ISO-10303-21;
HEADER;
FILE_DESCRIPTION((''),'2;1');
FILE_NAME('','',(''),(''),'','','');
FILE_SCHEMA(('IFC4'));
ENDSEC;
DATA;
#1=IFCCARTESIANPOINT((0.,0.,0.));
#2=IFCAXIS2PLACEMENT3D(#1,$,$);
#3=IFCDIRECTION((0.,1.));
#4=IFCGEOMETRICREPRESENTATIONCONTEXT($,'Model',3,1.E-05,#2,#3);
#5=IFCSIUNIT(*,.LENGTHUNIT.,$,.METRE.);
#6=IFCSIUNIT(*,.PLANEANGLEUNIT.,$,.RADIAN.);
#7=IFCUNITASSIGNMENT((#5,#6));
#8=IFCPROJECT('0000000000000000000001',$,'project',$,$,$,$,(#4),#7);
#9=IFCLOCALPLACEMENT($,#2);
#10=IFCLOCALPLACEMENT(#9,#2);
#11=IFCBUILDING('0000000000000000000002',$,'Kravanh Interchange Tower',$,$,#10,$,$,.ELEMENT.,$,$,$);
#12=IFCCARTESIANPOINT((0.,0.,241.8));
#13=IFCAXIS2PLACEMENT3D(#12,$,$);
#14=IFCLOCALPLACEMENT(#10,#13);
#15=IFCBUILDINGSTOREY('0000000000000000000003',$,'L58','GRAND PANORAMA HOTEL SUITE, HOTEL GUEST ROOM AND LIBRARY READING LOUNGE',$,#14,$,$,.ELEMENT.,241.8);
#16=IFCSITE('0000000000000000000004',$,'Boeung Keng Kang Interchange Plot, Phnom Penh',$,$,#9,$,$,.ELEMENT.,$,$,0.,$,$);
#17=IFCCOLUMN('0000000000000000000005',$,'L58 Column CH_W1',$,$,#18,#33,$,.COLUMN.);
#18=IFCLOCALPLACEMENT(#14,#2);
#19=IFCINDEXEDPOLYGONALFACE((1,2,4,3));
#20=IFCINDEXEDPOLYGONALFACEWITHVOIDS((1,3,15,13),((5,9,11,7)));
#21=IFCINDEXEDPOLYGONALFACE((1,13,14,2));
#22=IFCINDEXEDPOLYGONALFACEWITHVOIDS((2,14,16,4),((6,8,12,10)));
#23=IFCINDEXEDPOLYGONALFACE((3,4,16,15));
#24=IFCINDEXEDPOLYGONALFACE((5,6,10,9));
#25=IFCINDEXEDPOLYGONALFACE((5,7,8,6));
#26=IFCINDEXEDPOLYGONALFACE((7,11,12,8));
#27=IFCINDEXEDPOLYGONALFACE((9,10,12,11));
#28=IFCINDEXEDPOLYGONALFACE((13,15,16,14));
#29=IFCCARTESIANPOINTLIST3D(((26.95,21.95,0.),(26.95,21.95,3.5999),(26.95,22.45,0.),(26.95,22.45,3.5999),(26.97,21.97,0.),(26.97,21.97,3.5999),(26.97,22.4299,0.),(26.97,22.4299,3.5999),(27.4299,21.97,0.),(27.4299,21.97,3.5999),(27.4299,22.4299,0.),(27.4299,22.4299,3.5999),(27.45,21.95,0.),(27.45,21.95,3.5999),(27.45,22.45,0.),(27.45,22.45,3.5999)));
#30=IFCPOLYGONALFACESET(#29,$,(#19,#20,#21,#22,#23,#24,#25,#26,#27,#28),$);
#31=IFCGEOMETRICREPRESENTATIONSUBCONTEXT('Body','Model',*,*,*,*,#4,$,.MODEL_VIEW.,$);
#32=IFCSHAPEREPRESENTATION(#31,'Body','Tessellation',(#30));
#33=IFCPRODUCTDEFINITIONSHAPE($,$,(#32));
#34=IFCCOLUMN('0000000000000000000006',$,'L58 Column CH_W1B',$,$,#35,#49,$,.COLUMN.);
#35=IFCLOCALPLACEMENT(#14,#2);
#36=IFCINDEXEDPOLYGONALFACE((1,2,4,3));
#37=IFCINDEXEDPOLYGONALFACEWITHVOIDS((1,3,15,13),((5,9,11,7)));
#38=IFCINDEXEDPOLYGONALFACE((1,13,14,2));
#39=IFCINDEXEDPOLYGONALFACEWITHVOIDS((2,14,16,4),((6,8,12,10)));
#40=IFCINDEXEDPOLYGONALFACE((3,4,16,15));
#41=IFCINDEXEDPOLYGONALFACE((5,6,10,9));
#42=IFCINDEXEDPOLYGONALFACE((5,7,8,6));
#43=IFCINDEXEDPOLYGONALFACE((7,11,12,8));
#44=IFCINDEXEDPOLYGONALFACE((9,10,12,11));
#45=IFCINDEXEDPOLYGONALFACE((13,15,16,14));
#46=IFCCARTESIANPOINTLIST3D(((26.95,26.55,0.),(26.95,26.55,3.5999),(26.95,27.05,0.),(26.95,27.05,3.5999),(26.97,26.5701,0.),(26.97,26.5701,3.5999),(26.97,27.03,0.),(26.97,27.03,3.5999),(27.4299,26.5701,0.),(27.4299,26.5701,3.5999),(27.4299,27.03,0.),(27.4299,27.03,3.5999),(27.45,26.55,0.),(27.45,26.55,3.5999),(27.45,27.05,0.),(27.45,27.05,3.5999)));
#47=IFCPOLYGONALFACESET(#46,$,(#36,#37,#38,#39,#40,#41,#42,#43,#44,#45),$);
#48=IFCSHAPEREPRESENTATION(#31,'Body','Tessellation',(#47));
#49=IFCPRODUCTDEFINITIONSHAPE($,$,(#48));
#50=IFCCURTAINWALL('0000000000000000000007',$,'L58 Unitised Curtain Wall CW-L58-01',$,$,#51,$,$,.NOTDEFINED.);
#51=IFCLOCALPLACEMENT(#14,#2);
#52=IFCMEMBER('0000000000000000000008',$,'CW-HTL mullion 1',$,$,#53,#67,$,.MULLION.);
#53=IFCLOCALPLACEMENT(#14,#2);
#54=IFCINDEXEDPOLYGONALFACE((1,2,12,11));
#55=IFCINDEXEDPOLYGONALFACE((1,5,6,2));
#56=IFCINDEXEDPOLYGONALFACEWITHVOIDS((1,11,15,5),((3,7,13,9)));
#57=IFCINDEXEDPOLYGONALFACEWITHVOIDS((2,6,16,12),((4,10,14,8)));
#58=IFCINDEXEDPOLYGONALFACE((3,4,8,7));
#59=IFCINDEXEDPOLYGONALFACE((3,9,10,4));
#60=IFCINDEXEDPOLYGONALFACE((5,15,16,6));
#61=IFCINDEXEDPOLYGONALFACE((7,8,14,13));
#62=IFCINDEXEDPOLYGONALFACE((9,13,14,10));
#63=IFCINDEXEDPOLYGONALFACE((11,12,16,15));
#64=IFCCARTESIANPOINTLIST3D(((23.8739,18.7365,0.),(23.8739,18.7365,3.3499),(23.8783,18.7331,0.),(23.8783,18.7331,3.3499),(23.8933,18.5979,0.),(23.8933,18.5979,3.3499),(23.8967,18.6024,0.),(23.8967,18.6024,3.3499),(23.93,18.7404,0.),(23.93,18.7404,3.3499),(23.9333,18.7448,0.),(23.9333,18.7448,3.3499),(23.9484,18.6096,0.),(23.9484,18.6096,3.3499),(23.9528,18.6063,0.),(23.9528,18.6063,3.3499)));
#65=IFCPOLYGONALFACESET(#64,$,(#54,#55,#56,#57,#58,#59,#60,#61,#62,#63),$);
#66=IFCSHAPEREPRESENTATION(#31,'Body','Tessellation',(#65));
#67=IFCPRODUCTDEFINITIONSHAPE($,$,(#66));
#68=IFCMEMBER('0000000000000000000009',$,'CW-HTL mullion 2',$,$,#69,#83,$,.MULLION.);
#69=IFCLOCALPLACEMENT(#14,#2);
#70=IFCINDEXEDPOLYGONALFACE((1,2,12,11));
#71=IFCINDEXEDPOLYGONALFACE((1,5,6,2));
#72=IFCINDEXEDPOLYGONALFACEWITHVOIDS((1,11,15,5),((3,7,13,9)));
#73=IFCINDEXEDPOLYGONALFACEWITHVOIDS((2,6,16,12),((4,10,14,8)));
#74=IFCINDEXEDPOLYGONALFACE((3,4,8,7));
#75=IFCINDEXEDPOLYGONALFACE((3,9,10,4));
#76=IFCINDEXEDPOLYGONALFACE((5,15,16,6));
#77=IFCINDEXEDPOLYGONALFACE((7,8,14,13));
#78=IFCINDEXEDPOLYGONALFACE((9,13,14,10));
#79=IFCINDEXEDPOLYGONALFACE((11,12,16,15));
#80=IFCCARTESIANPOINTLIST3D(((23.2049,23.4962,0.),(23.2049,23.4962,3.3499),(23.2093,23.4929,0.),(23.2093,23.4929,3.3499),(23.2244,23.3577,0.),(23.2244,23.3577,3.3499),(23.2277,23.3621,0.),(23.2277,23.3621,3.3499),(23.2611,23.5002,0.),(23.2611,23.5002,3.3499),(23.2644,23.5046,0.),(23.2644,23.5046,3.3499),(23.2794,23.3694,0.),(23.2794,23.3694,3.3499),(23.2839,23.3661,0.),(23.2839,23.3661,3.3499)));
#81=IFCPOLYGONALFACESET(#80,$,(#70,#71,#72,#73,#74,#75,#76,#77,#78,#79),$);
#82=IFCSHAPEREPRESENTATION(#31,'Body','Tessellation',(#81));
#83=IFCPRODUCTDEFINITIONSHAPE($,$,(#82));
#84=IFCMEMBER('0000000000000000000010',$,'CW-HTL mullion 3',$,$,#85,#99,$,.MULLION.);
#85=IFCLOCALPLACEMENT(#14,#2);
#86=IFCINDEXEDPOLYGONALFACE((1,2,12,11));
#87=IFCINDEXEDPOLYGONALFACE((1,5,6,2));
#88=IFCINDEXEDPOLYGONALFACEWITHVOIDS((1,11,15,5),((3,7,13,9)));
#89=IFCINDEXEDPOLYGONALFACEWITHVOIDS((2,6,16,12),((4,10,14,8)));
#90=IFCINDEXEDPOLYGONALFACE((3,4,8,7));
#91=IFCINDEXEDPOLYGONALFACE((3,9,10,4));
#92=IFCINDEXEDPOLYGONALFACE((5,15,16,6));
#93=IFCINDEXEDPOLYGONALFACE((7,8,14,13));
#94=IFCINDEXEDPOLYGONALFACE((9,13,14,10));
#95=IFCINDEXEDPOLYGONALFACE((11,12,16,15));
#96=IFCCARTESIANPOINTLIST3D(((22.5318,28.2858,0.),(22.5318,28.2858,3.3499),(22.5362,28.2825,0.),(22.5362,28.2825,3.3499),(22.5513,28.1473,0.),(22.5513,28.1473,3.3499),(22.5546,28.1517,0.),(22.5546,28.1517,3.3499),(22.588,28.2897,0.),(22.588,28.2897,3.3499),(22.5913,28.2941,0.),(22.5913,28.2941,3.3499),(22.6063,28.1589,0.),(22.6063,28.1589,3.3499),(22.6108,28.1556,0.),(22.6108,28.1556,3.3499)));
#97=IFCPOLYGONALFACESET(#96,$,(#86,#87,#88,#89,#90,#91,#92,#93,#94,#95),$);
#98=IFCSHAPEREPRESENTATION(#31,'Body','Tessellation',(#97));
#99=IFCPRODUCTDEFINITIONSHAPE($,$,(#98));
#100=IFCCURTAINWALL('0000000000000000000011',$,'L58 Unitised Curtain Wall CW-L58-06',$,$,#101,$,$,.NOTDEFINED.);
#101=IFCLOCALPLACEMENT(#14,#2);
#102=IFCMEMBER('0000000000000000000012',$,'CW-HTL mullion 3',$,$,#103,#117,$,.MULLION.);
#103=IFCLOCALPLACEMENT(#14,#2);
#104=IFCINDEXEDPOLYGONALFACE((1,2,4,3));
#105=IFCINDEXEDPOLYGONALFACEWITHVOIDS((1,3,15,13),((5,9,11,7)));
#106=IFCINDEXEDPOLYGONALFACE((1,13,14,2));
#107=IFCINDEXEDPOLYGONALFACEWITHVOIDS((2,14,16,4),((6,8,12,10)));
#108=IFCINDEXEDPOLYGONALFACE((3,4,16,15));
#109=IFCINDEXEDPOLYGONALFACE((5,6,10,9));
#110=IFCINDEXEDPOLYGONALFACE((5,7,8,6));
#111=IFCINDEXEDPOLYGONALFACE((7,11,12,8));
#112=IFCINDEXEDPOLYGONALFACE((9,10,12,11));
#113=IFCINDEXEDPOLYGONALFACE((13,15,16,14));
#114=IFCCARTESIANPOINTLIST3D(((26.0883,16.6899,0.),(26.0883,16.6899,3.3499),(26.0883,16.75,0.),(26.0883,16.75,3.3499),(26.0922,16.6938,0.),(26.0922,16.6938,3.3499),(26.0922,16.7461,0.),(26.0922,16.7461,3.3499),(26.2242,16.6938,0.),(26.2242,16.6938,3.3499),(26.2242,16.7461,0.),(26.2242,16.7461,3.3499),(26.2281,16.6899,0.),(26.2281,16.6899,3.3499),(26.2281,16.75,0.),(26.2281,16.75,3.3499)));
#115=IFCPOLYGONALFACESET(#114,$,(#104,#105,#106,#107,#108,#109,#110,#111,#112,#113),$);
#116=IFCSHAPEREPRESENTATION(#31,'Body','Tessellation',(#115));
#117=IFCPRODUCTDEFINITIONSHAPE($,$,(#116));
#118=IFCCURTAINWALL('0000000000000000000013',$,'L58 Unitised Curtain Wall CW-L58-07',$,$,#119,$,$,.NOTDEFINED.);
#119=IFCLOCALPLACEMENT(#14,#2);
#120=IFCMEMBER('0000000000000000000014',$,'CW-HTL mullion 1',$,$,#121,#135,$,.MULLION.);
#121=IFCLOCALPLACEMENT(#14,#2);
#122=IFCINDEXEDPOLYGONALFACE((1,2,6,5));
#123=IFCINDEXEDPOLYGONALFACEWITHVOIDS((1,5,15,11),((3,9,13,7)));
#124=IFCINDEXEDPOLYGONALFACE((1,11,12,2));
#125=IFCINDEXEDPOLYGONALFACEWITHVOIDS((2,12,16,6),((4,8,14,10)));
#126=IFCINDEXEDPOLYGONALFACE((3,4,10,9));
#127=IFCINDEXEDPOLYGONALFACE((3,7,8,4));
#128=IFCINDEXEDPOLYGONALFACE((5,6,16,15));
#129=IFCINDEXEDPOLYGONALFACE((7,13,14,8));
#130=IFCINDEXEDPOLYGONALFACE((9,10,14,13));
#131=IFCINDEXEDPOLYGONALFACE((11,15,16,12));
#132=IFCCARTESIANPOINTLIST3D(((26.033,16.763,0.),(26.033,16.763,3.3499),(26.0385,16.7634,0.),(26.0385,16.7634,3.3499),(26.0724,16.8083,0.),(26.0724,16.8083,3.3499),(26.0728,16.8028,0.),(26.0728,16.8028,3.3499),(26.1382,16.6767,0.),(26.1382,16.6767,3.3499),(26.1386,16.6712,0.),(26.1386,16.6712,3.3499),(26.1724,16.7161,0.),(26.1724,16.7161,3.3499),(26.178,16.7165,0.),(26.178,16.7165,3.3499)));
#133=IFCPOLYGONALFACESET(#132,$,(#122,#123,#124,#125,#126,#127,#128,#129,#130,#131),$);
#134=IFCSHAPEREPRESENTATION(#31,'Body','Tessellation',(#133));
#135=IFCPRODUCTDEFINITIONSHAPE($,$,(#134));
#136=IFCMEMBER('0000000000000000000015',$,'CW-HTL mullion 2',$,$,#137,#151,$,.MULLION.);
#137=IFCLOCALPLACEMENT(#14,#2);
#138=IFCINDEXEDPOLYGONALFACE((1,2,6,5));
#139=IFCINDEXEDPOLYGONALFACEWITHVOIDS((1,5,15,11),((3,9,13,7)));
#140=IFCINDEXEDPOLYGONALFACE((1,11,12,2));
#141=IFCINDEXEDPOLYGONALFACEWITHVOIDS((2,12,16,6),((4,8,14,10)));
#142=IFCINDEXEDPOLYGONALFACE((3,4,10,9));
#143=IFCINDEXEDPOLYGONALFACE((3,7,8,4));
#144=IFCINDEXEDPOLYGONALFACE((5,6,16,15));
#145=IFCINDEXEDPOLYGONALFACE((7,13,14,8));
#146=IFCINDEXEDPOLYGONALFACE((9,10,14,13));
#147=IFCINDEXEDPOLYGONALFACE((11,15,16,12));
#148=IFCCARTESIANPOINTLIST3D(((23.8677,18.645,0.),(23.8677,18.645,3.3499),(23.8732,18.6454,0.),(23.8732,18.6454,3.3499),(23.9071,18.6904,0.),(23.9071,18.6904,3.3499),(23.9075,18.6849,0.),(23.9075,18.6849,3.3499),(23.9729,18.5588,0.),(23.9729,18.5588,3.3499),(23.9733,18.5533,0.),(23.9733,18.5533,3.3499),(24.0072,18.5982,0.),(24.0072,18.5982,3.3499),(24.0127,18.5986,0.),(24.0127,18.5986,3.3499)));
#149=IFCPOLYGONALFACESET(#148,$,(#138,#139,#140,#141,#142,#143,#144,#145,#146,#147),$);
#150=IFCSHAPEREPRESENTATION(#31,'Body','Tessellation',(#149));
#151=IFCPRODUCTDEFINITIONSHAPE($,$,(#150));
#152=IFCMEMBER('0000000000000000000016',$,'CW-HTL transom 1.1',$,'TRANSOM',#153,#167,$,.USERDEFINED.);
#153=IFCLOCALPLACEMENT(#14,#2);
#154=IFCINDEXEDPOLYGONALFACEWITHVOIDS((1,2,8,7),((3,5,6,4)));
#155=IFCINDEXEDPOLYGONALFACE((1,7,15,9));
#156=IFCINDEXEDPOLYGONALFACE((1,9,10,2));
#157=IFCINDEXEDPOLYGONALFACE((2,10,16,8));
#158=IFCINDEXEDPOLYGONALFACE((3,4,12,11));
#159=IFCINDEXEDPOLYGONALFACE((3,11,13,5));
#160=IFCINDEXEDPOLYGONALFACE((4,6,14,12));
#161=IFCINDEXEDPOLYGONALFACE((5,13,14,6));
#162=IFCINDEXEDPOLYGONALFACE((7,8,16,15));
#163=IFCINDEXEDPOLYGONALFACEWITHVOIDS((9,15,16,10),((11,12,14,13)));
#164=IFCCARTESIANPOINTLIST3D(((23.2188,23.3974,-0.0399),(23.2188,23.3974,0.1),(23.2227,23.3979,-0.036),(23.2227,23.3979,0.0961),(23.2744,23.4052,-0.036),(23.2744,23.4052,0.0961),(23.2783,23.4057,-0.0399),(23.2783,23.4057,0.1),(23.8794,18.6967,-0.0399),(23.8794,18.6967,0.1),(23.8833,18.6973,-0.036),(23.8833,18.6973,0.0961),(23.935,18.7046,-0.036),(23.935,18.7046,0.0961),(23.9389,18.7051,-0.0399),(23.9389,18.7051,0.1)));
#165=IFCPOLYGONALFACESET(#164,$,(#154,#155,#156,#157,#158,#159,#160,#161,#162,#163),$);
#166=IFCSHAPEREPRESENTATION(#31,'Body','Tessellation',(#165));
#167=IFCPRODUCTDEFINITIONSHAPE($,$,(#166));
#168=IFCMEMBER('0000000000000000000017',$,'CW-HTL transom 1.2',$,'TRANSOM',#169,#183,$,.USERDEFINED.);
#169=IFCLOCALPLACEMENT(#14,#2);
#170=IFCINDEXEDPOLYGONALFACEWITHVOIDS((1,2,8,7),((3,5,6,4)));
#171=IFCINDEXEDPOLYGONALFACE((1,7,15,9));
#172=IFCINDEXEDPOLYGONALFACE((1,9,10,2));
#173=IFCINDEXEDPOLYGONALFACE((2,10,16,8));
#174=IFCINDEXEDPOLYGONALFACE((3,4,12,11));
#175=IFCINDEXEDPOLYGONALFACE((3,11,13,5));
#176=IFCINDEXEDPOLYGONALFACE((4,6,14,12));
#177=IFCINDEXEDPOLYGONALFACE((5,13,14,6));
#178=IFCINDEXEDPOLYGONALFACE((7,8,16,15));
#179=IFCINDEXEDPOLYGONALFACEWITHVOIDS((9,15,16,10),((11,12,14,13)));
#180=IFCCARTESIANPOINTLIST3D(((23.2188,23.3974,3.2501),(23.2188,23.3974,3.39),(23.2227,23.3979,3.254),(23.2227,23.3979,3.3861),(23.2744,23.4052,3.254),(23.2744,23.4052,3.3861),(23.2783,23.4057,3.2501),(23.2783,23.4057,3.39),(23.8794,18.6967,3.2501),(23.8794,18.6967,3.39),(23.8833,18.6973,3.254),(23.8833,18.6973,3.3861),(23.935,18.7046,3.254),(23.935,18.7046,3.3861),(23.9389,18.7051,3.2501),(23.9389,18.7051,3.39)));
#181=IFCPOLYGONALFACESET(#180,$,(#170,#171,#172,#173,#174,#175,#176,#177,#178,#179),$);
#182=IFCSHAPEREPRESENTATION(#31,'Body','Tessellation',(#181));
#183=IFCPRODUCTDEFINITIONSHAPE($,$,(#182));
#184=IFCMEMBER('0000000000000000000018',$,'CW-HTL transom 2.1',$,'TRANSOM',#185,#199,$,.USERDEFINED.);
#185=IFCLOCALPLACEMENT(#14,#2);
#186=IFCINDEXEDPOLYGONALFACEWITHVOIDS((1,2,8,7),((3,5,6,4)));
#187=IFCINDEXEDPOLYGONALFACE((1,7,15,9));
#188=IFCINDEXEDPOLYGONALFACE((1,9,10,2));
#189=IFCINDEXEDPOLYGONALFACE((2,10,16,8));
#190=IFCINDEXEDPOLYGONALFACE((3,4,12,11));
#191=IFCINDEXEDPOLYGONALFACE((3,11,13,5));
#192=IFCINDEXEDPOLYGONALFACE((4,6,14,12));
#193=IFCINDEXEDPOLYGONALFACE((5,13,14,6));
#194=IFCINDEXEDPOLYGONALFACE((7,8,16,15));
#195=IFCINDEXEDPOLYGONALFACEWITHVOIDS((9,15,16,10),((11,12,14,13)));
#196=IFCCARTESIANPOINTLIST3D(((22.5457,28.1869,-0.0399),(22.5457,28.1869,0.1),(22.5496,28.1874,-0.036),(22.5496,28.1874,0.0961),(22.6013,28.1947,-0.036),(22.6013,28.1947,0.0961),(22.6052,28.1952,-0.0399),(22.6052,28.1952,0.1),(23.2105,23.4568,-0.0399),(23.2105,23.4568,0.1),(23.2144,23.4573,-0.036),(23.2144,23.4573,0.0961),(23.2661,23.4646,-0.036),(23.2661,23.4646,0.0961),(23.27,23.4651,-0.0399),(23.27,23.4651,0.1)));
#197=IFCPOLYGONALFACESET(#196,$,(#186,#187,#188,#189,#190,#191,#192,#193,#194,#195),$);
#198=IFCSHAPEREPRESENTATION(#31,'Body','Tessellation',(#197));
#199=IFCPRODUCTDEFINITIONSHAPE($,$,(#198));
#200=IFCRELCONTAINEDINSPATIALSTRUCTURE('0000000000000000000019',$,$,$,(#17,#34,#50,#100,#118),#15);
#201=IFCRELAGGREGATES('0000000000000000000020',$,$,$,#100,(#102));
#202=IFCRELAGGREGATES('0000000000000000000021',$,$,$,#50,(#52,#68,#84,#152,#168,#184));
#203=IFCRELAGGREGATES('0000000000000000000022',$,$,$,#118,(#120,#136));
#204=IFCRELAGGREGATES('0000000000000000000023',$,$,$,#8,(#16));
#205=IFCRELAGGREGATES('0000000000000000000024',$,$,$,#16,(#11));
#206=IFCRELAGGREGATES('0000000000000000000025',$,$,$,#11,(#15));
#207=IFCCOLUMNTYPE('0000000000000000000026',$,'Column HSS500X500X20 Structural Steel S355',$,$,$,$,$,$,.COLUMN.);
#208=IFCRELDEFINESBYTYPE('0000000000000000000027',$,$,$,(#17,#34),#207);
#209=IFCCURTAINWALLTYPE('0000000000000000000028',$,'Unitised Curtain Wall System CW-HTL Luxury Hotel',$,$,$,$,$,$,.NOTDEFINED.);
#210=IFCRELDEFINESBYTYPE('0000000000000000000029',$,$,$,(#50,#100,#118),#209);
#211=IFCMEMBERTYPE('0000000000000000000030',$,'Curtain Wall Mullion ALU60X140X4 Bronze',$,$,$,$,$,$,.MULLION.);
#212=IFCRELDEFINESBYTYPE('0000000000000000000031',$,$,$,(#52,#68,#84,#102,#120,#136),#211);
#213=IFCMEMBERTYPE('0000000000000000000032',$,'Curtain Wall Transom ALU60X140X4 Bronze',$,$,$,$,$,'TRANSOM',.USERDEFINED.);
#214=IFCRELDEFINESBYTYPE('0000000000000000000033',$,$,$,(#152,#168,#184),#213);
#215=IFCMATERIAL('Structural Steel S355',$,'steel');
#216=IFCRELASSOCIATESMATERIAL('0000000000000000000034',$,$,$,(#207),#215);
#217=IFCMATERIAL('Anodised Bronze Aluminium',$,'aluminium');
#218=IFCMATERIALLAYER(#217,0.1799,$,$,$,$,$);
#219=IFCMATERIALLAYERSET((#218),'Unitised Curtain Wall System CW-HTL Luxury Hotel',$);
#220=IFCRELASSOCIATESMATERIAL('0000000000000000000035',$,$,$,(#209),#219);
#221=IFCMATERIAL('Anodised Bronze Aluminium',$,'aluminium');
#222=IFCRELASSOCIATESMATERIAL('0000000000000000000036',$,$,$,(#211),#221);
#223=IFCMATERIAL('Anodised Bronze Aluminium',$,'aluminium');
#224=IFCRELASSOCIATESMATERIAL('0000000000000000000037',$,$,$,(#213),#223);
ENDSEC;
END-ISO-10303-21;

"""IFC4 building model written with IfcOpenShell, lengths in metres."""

from ifc_helpers import new_model, si_unit, direction, frame, origin, origin_2d, place, context, subcontext, project, spatial, hollow_rectangle, extrude, material, layer, layer_set, material_profile, profile_set, type_object, element, aggregate, save


model = new_model("IFC4")

# Units and contexts
model_context = context("Model", 3, precision=1e-05, world=origin(), true_north=direction((0.0, 1.0)))
body_context = subcontext(model_context, "Body", "Model", "MODEL_VIEW")
ifc_project = project(units=[si_unit("LENGTHUNIT", "METRE"), si_unit("PLANEANGLEUNIT", "RADIAN")], contexts=[model_context])

# Site, building, storey
site_placement = place(None, origin())
site = spatial("IfcSite", under=ifc_project, at=site_placement, Name="Boeung Keng Kang Interchange Plot, Phnom Penh", CompositionType="ELEMENT", RefElevation=0.0)
building_placement = place(site_placement, origin())
building = spatial("IfcBuilding", under=site, at=building_placement, Name="Kravanh Interchange Tower", CompositionType="ELEMENT")
storey_placement = place(building_placement, frame((0.0, 0.0, 241.8)))
storey = spatial("IfcBuildingStorey", under=building, at=storey_placement, Name="L58", Description="GRAND PANORAMA HOTEL SUITE, HOTEL GUEST ROOM AND LIBRARY READING LOUNGE", CompositionType="ELEMENT", Elevation=241.8)

# Columns
ifc_material_1 = material(Name="Structural Steel S355", Category="steel")
ifc_material_profile_1 = material_profile(ifc_material_1, hollow_rectangle(XDim=0.5, YDim=0.5, WallThickness=0.02, at=origin_2d()), Name="HSS500X500X20")
ifc_profile_set_1 = profile_set([ifc_material_profile_1], Name="Structural Steel S355")
column_type = type_object("IfcColumnType", Name="Column HSS500X500X20 Structural Steel S355", PredefinedType="COLUMN", material=ifc_profile_set_1)
for number, where, z_axis, x_axis, name in (
    (1, (27.2, 22.2, 0.0), (0.0, 0.0, 1.0), (1.0, 0.0, 0.0), "L58 Column CH_W1"),
    (2, (27.2, 26.8, 0.0), (0.0, 0.0, 1.0), (1.0, 0.0, 0.0), "L58 Column CH_W1B"),
):
    element("IfcColumn", number, at=place(storey_placement, frame(where, z_axis=z_axis, x_axis=x_axis)), inside=storey, type_object=column_type, Name=name, PredefinedType="COLUMN", context=body_context, shape_type="SweptSolid", body=[
        extrude(hollow_rectangle(XDim=0.5, YDim=0.5, WallThickness=0.02, at=origin_2d()), origin(), (0.0, 0.0, 1.0), 3.5999),
    ])

# Curtain wall, members
ifc_material_2 = material(Name="Anodised Bronze Aluminium", Category="aluminium")
ifc_layer_1 = layer(ifc_material_2, 0.1799)
ifc_layer_set_1 = layer_set([ifc_layer_1], Name="Unitised Curtain Wall System CW-HTL Luxury Hotel")
curtain_wall_type = type_object("IfcCurtainWallType", Name="Unitised Curtain Wall System CW-HTL Luxury Hotel", PredefinedType="NOTDEFINED", material=ifc_layer_set_1)
curtain_wall_1_placement = place(storey_placement, origin())
curtain_wall_1 = element("IfcCurtainWall", 3, at=curtain_wall_1_placement, inside=storey, type_object=curtain_wall_type, Name="L58 Unitised Curtain Wall CW-L58-01", PredefinedType="NOTDEFINED")
ifc_material_3 = material(Name="Anodised Bronze Aluminium", Category="aluminium")
ifc_material_profile_2 = material_profile(ifc_material_3, hollow_rectangle(XDim=0.0601, YDim=0.1399, WallThickness=0.0039, at=origin_2d()), Name="ALU60X140X4")
ifc_profile_set_2 = profile_set([ifc_material_profile_2], Name="Anodised Bronze Aluminium")
member_type_1 = type_object("IfcMemberType", Name="Curtain Wall Mullion ALU60X140X4 Bronze", PredefinedType="MULLION", material=ifc_profile_set_2)
member_1_placement = place(storey_placement, frame((23.9133, 18.6714, 0.0), z_axis=(0.0, 0.0, 1.0), x_axis=(-0.990268, -0.139176, 0.0)))
member_1 = element("IfcMember", 4, at=member_1_placement, type_object=member_type_1, Name="CW-HTL mullion 1", PredefinedType="MULLION", context=body_context, shape_type="SweptSolid", body=[
    extrude(hollow_rectangle(XDim=0.0601, YDim=0.1399, WallThickness=0.0039, at=origin_2d()), origin(), (0.0, 0.0, 1.0), 3.3499),
])
member_2_placement = place(storey_placement, frame((23.2444, 23.4312, 0.0), z_axis=(0.0, 0.0, 1.0), x_axis=(-0.990268, -0.139176, 0.0)))
member_2 = element("IfcMember", 5, at=member_2_placement, type_object=member_type_1, Name="CW-HTL mullion 2", PredefinedType="MULLION", context=body_context, shape_type="SweptSolid", body=[
    extrude(hollow_rectangle(XDim=0.0601, YDim=0.1399, WallThickness=0.0039, at=origin_2d()), origin(), (0.0, 0.0, 1.0), 3.3499),
])
member_3_placement = place(storey_placement, frame((22.5713, 28.2207, 0.0), z_axis=(0.0, 0.0, 1.0), x_axis=(-0.990268, -0.139176, 0.0)))
member_3 = element("IfcMember", 6, at=member_3_placement, type_object=member_type_1, Name="CW-HTL mullion 3", PredefinedType="MULLION", context=body_context, shape_type="SweptSolid", body=[
    extrude(hollow_rectangle(XDim=0.0601, YDim=0.1399, WallThickness=0.0039, at=origin_2d()), origin(), (0.0, 0.0, 1.0), 3.3499),
])

# Curtain wall, member
curtain_wall_2_placement = place(storey_placement, origin())
curtain_wall_2 = element("IfcCurtainWall", 7, at=curtain_wall_2_placement, inside=storey, type_object=curtain_wall_type, Name="L58 Unitised Curtain Wall CW-L58-06", PredefinedType="NOTDEFINED")
member_4_placement = place(storey_placement, frame((26.1582, 16.72, 0.0), z_axis=(0.0, 0.0, 1.0), x_axis=(0.0, -1.0, 0.0)))
member_4 = element("IfcMember", 8, at=member_4_placement, type_object=member_type_1, Name="CW-HTL mullion 3", PredefinedType="MULLION", context=body_context, shape_type="SweptSolid", body=[
    extrude(hollow_rectangle(XDim=0.0601, YDim=0.1399, WallThickness=0.0039, at=origin_2d()), origin(), (0.0, 0.0, 1.0), 3.3499),
])
aggregate(curtain_wall_2, [member_4])

# Curtain wall, members
curtain_wall_3_placement = place(storey_placement, origin())
curtain_wall_3 = element("IfcCurtainWall", 9, at=curtain_wall_3_placement, inside=storey, type_object=curtain_wall_type, Name="L58 Unitised Curtain Wall CW-L58-07", PredefinedType="NOTDEFINED")
member_5_placement = place(storey_placement, frame((26.1055, 16.7397, 0.0), z_axis=(0.0, 0.0, 1.0), x_axis=(-0.656033, -0.754732, 0.0)))
member_5 = element("IfcMember", 10, at=member_5_placement, type_object=member_type_1, Name="CW-HTL mullion 1", PredefinedType="MULLION", context=body_context, shape_type="SweptSolid", body=[
    extrude(hollow_rectangle(XDim=0.0601, YDim=0.1399, WallThickness=0.0039, at=origin_2d()), origin(), (0.0, 0.0, 1.0), 3.3499),
])
member_6_placement = place(storey_placement, frame((23.9402, 18.6218, 0.0), z_axis=(0.0, 0.0, 1.0), x_axis=(-0.656033, -0.754732, 0.0)))
member_6 = element("IfcMember", 11, at=member_6_placement, type_object=member_type_1, Name="CW-HTL mullion 2", PredefinedType="MULLION", context=body_context, shape_type="SweptSolid", body=[
    extrude(hollow_rectangle(XDim=0.0601, YDim=0.1399, WallThickness=0.0039, at=origin_2d()), origin(), (0.0, 0.0, 1.0), 3.3499),
])

# Members
ifc_material_4 = material(Name="Anodised Bronze Aluminium", Category="aluminium")
ifc_material_profile_3 = material_profile(ifc_material_4, hollow_rectangle(XDim=0.0601, YDim=0.1399, WallThickness=0.0039, at=origin_2d()), Name="ALU60X140X4")
ifc_profile_set_3 = profile_set([ifc_material_profile_3], Name="Anodised Bronze Aluminium")
member_type_2 = type_object("IfcMemberType", Name="Curtain Wall Transom ALU60X140X4 Bronze", ElementType="TRANSOM", PredefinedType="USERDEFINED", material=ifc_profile_set_3)
member_7_placement = place(storey_placement, frame((23.9092, 18.7009, 0.03), z_axis=(-0.139174, 0.990268, 0.0), x_axis=(-0.990268, -0.139174, 0.0)))
member_7 = element("IfcMember", 12, at=member_7_placement, type_object=member_type_2, Name="CW-HTL transom 1.1", ObjectType="TRANSOM", PredefinedType="USERDEFINED", context=body_context, shape_type="SweptSolid", body=[
    extrude(hollow_rectangle(XDim=0.0601, YDim=0.1399, WallThickness=0.0039, at=origin_2d()), origin(), (0.0, 0.0, 1.0), 4.7468),
])
member_8_placement = place(storey_placement, frame((23.9092, 18.7009, 3.3201), z_axis=(-0.139174, 0.990268, 0.0), x_axis=(-0.990268, -0.139174, 0.0)))
member_8 = element("IfcMember", 13, at=member_8_placement, type_object=member_type_2, Name="CW-HTL transom 1.2", ObjectType="TRANSOM", PredefinedType="USERDEFINED", context=body_context, shape_type="SweptSolid", body=[
    extrude(hollow_rectangle(XDim=0.0601, YDim=0.1399, WallThickness=0.0039, at=origin_2d()), origin(), (0.0, 0.0, 1.0), 4.7468),
])
member_9_placement = place(storey_placement, frame((23.2402, 23.4609, 0.03), z_axis=(-0.139174, 0.990268, 0.0), x_axis=(-0.990268, -0.139174, 0.0)))
member_9 = element("IfcMember", 14, at=member_9_placement, type_object=member_type_2, Name="CW-HTL transom 2.1", ObjectType="TRANSOM", PredefinedType="USERDEFINED", context=body_context, shape_type="SweptSolid", body=[
    extrude(hollow_rectangle(XDim=0.0601, YDim=0.1399, WallThickness=0.0039, at=origin_2d()), origin(), (0.0, 0.0, 1.0), 4.7766),
])

aggregate(curtain_wall_1, [member_1, member_2, member_3, member_7, member_8, member_9])
aggregate(curtain_wall_3, [member_5, member_6])

save(model, "model.ifc")
